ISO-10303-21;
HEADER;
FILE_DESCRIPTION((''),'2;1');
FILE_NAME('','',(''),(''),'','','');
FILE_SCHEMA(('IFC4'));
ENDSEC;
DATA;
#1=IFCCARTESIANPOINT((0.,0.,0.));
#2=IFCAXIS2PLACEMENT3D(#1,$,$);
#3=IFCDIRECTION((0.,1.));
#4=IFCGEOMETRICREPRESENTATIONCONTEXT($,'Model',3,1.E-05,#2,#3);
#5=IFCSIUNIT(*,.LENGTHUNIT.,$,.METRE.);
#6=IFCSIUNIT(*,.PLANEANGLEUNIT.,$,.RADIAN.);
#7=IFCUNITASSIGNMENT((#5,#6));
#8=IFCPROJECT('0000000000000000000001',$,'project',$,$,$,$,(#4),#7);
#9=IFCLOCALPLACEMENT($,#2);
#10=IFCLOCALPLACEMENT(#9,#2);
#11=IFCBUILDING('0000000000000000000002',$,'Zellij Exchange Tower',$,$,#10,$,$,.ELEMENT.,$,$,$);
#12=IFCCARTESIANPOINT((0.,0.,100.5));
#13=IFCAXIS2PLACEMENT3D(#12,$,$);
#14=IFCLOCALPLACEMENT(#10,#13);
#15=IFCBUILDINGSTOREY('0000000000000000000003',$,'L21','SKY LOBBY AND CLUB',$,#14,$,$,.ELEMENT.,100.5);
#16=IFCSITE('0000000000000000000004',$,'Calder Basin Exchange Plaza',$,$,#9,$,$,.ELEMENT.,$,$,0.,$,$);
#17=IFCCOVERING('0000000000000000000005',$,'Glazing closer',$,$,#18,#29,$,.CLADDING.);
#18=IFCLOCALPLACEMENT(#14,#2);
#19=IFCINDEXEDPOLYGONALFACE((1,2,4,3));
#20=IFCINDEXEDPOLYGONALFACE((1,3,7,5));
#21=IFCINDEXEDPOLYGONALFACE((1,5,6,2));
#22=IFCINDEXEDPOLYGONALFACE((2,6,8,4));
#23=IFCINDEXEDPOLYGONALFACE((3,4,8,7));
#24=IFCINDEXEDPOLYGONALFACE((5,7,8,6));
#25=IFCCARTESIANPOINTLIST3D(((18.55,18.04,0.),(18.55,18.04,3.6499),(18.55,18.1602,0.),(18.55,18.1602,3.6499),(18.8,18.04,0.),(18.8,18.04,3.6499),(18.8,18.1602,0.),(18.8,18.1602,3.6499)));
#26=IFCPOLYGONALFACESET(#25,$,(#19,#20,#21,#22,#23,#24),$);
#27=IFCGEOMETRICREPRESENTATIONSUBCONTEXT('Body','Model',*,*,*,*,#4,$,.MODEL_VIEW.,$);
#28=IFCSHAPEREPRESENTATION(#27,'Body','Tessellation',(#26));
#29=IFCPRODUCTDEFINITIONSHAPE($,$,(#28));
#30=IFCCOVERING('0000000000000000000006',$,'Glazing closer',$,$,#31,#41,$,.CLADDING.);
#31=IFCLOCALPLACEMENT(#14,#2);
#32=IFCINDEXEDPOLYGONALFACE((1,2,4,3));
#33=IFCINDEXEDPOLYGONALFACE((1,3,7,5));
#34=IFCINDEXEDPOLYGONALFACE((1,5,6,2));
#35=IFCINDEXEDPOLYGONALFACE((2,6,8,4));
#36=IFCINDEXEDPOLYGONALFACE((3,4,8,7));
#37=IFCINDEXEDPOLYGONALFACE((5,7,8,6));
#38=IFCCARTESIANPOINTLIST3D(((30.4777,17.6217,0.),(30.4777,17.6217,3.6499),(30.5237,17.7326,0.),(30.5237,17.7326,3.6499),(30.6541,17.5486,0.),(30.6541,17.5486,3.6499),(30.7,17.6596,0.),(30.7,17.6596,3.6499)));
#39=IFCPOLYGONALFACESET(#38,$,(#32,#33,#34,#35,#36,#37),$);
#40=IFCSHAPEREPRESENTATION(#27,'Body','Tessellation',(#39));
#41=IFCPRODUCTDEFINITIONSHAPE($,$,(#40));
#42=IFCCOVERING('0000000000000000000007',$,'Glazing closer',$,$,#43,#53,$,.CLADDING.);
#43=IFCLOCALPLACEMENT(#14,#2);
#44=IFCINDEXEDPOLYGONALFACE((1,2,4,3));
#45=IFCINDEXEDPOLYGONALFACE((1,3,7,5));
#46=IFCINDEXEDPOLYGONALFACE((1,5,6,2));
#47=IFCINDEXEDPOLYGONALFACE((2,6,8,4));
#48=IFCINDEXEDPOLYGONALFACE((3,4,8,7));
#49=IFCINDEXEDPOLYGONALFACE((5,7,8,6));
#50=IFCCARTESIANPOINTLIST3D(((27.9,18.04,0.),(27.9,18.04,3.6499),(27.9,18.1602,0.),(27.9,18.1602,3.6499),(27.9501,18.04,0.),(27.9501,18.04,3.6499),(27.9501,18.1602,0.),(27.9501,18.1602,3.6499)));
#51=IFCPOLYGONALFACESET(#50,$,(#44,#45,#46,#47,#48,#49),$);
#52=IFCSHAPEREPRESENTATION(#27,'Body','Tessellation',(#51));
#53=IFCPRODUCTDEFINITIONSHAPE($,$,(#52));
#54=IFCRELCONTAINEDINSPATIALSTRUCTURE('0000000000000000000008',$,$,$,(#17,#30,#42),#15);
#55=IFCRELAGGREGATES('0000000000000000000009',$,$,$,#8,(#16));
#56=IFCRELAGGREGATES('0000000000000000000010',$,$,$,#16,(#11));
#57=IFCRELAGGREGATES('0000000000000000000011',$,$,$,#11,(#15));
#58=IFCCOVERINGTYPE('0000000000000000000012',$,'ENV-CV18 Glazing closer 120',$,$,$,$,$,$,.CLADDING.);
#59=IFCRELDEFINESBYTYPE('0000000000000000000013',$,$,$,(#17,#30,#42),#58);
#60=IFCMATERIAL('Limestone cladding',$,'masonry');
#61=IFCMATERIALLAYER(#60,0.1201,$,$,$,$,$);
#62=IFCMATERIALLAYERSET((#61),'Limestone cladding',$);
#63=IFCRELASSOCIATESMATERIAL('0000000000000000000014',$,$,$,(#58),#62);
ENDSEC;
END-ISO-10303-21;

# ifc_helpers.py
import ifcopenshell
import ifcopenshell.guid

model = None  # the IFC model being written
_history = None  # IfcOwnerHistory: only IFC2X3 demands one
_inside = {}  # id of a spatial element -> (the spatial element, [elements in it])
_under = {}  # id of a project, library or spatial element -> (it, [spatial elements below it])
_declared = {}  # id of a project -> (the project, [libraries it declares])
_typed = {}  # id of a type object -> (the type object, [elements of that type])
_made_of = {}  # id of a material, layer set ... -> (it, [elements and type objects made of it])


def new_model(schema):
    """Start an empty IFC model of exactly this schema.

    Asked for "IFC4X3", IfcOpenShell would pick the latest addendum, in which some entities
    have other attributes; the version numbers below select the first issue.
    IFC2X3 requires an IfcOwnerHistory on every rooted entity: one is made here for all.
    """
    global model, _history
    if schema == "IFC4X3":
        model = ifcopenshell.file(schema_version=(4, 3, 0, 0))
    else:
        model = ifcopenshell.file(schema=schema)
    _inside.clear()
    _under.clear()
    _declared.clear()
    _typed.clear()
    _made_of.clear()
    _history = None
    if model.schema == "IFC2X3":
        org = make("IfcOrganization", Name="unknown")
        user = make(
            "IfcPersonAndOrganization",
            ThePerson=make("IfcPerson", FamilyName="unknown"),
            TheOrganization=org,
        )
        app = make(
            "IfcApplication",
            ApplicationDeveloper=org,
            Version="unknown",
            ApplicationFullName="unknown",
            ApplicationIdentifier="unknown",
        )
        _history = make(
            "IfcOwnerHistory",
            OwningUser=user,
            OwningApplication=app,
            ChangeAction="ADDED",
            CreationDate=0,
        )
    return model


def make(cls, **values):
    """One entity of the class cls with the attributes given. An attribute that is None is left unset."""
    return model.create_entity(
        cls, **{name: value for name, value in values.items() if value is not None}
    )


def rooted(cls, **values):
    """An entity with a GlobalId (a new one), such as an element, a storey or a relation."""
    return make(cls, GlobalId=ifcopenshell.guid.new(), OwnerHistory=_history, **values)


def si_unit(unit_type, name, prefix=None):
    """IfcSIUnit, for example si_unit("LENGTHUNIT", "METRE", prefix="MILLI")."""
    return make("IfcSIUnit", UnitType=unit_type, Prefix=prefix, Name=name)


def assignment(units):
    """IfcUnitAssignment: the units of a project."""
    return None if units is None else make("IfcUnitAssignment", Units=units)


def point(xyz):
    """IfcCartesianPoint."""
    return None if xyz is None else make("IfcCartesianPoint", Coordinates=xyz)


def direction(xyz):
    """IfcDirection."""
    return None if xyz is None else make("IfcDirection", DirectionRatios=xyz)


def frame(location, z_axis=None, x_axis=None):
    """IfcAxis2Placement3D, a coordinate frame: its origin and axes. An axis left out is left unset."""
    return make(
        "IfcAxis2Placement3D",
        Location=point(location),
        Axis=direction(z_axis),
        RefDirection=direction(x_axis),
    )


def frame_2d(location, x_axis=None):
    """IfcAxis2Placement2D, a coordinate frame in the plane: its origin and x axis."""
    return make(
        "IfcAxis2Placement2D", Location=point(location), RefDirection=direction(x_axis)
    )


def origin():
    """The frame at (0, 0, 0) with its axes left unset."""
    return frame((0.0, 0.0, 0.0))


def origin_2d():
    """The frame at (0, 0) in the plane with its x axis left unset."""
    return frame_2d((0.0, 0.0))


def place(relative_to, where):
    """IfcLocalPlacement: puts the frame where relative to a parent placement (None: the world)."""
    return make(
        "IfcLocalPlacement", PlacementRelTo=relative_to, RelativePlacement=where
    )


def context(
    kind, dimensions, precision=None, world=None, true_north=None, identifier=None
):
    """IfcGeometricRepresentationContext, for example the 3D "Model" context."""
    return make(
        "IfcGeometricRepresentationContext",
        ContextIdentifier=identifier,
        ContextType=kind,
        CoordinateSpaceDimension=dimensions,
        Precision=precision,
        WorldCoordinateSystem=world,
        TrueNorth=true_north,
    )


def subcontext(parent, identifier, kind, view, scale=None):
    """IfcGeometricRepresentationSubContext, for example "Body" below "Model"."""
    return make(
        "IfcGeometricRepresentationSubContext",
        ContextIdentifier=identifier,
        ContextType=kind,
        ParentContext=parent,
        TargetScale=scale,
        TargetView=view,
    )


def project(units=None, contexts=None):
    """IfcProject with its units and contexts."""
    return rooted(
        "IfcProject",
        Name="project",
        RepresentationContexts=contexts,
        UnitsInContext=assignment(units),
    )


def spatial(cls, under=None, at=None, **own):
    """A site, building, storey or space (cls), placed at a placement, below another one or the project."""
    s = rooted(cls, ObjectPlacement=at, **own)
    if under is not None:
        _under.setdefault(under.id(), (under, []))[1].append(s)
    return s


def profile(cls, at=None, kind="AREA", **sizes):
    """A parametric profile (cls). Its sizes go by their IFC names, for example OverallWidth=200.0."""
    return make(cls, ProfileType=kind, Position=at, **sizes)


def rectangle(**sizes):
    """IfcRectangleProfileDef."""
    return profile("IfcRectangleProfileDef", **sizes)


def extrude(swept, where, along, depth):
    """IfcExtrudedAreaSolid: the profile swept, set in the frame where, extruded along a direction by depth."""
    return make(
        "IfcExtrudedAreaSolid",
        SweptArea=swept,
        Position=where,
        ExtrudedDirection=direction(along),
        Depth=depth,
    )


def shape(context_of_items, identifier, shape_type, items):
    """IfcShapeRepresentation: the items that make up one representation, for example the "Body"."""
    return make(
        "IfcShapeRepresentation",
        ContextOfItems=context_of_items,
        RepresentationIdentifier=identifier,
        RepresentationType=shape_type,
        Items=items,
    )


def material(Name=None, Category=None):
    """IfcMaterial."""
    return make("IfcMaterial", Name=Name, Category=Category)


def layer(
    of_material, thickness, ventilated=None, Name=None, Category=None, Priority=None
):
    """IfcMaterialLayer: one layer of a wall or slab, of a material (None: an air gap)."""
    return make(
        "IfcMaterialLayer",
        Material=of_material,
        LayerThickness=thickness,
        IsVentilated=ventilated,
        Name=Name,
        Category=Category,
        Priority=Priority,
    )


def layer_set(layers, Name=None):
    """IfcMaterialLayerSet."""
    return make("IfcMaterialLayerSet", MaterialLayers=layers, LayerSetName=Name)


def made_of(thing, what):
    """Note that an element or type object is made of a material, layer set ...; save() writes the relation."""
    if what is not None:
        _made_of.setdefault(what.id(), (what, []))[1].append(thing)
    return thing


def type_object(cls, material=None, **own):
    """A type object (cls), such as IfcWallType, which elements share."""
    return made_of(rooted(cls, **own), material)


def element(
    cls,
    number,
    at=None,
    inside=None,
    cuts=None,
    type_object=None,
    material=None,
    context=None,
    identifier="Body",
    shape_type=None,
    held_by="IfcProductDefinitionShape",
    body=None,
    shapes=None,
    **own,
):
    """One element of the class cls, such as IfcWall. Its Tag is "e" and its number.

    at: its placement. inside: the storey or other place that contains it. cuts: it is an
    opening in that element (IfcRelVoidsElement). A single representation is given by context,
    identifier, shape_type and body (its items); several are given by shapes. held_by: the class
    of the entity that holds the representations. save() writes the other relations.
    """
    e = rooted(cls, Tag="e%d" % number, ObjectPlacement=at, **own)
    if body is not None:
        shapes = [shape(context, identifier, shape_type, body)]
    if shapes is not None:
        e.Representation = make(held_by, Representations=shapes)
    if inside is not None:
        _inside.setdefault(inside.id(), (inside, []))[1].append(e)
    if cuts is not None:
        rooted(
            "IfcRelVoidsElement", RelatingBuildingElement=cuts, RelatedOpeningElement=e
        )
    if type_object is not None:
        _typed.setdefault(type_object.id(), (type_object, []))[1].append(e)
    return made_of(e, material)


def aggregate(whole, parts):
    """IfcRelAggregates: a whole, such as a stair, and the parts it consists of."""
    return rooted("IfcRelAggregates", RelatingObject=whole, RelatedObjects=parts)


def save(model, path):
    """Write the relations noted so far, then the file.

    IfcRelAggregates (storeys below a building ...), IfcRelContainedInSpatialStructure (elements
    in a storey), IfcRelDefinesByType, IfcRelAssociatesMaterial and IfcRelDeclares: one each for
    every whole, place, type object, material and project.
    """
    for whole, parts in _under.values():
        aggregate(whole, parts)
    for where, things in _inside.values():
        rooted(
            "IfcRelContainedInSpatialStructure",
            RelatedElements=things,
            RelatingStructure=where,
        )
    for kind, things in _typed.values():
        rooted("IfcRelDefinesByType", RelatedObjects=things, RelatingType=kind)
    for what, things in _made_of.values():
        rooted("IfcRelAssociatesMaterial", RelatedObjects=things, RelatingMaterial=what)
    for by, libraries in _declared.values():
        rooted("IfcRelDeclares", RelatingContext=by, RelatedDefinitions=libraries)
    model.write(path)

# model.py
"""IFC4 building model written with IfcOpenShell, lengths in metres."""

from ifc_helpers import new_model, si_unit, direction, frame, origin, origin_2d, place, context, subcontext, project, spatial, rectangle, extrude, material, layer, layer_set, type_object, element, save


model = new_model("IFC4")

# Units and contexts
model_context = context("Model", 3, precision=1e-05, world=origin(), true_north=direction((0.0, 1.0)))
body_context = subcontext(model_context, "Body", "Model", "MODEL_VIEW")
ifc_project = project(units=[si_unit("LENGTHUNIT", "METRE"), si_unit("PLANEANGLEUNIT", "RADIAN")], contexts=[model_context])

# Site, building, storey
site_placement = place(None, origin())
site = spatial("IfcSite", under=ifc_project, at=site_placement, Name="Calder Basin Exchange Plaza", CompositionType="ELEMENT", RefElevation=0.0)
building_placement = place(site_placement, origin())
building = spatial("IfcBuilding", under=site, at=building_placement, Name="Zellij Exchange Tower", CompositionType="ELEMENT")
storey_placement = place(building_placement, frame((0.0, 0.0, 100.5)))
storey = spatial("IfcBuildingStorey", under=building, at=storey_placement, Name="L21", Description="SKY LOBBY AND CLUB", CompositionType="ELEMENT", Elevation=100.5)

# Coverings
ifc_material_1 = material(Name="Limestone cladding", Category="masonry")
ifc_layer_1 = layer(ifc_material_1, 0.1201)
ifc_layer_set_1 = layer_set([ifc_layer_1], Name="Limestone cladding")
covering_type = type_object("IfcCoveringType", Name="ENV-CV18 Glazing closer 120", PredefinedType="CLADDING", material=ifc_layer_set_1)
for number, where, z_axis, x_axis, name in (
    (1, (18.675, 18.1001, 0.0), (0.0, 0.0, 1.0), (-1.0, 0.0, 0.0), "Glazing closer"),
):
    element("IfcCovering", number, at=place(storey_placement, frame(where, z_axis=z_axis, x_axis=x_axis)), inside=storey, type_object=covering_type, Name=name, PredefinedType="CLADDING", context=body_context, shape_type="SweptSolid", body=[
        extrude(rectangle(XDim=0.25, YDim=0.1201, at=origin_2d()), origin(), (0.0, 0.0, 1.0), 3.6499),
    ])
covering_1_placement = place(storey_placement, frame((30.5889, 17.6406, 0.0), z_axis=(0.0, 0.0, 1.0), x_axis=(0.923882, -0.382679, 0.0)))
element("IfcCovering", 2, at=covering_1_placement, inside=storey, type_object=covering_type, Name="Glazing closer", PredefinedType="CLADDING", context=body_context, shape_type="SweptSolid", body=[
    extrude(rectangle(XDim=0.1909, YDim=0.1201, at=origin_2d()), origin(), (0.0, 0.0, 1.0), 3.6499),
])
covering_2_placement = place(storey_placement, frame((27.925, 18.1001, 0.0), z_axis=(0.0, 0.0, 1.0), x_axis=(-1.0, 0.0, 0.0)))
element("IfcCovering", 3, at=covering_2_placement, inside=storey, type_object=covering_type, Name="Glazing closer", PredefinedType="CLADDING", context=body_context, shape_type="SweptSolid", body=[
    extrude(rectangle(XDim=0.05, YDim=0.1201, at=origin_2d()), origin(), (0.0, 0.0, 1.0), 3.6499),
])

save(model, "model.ifc")
